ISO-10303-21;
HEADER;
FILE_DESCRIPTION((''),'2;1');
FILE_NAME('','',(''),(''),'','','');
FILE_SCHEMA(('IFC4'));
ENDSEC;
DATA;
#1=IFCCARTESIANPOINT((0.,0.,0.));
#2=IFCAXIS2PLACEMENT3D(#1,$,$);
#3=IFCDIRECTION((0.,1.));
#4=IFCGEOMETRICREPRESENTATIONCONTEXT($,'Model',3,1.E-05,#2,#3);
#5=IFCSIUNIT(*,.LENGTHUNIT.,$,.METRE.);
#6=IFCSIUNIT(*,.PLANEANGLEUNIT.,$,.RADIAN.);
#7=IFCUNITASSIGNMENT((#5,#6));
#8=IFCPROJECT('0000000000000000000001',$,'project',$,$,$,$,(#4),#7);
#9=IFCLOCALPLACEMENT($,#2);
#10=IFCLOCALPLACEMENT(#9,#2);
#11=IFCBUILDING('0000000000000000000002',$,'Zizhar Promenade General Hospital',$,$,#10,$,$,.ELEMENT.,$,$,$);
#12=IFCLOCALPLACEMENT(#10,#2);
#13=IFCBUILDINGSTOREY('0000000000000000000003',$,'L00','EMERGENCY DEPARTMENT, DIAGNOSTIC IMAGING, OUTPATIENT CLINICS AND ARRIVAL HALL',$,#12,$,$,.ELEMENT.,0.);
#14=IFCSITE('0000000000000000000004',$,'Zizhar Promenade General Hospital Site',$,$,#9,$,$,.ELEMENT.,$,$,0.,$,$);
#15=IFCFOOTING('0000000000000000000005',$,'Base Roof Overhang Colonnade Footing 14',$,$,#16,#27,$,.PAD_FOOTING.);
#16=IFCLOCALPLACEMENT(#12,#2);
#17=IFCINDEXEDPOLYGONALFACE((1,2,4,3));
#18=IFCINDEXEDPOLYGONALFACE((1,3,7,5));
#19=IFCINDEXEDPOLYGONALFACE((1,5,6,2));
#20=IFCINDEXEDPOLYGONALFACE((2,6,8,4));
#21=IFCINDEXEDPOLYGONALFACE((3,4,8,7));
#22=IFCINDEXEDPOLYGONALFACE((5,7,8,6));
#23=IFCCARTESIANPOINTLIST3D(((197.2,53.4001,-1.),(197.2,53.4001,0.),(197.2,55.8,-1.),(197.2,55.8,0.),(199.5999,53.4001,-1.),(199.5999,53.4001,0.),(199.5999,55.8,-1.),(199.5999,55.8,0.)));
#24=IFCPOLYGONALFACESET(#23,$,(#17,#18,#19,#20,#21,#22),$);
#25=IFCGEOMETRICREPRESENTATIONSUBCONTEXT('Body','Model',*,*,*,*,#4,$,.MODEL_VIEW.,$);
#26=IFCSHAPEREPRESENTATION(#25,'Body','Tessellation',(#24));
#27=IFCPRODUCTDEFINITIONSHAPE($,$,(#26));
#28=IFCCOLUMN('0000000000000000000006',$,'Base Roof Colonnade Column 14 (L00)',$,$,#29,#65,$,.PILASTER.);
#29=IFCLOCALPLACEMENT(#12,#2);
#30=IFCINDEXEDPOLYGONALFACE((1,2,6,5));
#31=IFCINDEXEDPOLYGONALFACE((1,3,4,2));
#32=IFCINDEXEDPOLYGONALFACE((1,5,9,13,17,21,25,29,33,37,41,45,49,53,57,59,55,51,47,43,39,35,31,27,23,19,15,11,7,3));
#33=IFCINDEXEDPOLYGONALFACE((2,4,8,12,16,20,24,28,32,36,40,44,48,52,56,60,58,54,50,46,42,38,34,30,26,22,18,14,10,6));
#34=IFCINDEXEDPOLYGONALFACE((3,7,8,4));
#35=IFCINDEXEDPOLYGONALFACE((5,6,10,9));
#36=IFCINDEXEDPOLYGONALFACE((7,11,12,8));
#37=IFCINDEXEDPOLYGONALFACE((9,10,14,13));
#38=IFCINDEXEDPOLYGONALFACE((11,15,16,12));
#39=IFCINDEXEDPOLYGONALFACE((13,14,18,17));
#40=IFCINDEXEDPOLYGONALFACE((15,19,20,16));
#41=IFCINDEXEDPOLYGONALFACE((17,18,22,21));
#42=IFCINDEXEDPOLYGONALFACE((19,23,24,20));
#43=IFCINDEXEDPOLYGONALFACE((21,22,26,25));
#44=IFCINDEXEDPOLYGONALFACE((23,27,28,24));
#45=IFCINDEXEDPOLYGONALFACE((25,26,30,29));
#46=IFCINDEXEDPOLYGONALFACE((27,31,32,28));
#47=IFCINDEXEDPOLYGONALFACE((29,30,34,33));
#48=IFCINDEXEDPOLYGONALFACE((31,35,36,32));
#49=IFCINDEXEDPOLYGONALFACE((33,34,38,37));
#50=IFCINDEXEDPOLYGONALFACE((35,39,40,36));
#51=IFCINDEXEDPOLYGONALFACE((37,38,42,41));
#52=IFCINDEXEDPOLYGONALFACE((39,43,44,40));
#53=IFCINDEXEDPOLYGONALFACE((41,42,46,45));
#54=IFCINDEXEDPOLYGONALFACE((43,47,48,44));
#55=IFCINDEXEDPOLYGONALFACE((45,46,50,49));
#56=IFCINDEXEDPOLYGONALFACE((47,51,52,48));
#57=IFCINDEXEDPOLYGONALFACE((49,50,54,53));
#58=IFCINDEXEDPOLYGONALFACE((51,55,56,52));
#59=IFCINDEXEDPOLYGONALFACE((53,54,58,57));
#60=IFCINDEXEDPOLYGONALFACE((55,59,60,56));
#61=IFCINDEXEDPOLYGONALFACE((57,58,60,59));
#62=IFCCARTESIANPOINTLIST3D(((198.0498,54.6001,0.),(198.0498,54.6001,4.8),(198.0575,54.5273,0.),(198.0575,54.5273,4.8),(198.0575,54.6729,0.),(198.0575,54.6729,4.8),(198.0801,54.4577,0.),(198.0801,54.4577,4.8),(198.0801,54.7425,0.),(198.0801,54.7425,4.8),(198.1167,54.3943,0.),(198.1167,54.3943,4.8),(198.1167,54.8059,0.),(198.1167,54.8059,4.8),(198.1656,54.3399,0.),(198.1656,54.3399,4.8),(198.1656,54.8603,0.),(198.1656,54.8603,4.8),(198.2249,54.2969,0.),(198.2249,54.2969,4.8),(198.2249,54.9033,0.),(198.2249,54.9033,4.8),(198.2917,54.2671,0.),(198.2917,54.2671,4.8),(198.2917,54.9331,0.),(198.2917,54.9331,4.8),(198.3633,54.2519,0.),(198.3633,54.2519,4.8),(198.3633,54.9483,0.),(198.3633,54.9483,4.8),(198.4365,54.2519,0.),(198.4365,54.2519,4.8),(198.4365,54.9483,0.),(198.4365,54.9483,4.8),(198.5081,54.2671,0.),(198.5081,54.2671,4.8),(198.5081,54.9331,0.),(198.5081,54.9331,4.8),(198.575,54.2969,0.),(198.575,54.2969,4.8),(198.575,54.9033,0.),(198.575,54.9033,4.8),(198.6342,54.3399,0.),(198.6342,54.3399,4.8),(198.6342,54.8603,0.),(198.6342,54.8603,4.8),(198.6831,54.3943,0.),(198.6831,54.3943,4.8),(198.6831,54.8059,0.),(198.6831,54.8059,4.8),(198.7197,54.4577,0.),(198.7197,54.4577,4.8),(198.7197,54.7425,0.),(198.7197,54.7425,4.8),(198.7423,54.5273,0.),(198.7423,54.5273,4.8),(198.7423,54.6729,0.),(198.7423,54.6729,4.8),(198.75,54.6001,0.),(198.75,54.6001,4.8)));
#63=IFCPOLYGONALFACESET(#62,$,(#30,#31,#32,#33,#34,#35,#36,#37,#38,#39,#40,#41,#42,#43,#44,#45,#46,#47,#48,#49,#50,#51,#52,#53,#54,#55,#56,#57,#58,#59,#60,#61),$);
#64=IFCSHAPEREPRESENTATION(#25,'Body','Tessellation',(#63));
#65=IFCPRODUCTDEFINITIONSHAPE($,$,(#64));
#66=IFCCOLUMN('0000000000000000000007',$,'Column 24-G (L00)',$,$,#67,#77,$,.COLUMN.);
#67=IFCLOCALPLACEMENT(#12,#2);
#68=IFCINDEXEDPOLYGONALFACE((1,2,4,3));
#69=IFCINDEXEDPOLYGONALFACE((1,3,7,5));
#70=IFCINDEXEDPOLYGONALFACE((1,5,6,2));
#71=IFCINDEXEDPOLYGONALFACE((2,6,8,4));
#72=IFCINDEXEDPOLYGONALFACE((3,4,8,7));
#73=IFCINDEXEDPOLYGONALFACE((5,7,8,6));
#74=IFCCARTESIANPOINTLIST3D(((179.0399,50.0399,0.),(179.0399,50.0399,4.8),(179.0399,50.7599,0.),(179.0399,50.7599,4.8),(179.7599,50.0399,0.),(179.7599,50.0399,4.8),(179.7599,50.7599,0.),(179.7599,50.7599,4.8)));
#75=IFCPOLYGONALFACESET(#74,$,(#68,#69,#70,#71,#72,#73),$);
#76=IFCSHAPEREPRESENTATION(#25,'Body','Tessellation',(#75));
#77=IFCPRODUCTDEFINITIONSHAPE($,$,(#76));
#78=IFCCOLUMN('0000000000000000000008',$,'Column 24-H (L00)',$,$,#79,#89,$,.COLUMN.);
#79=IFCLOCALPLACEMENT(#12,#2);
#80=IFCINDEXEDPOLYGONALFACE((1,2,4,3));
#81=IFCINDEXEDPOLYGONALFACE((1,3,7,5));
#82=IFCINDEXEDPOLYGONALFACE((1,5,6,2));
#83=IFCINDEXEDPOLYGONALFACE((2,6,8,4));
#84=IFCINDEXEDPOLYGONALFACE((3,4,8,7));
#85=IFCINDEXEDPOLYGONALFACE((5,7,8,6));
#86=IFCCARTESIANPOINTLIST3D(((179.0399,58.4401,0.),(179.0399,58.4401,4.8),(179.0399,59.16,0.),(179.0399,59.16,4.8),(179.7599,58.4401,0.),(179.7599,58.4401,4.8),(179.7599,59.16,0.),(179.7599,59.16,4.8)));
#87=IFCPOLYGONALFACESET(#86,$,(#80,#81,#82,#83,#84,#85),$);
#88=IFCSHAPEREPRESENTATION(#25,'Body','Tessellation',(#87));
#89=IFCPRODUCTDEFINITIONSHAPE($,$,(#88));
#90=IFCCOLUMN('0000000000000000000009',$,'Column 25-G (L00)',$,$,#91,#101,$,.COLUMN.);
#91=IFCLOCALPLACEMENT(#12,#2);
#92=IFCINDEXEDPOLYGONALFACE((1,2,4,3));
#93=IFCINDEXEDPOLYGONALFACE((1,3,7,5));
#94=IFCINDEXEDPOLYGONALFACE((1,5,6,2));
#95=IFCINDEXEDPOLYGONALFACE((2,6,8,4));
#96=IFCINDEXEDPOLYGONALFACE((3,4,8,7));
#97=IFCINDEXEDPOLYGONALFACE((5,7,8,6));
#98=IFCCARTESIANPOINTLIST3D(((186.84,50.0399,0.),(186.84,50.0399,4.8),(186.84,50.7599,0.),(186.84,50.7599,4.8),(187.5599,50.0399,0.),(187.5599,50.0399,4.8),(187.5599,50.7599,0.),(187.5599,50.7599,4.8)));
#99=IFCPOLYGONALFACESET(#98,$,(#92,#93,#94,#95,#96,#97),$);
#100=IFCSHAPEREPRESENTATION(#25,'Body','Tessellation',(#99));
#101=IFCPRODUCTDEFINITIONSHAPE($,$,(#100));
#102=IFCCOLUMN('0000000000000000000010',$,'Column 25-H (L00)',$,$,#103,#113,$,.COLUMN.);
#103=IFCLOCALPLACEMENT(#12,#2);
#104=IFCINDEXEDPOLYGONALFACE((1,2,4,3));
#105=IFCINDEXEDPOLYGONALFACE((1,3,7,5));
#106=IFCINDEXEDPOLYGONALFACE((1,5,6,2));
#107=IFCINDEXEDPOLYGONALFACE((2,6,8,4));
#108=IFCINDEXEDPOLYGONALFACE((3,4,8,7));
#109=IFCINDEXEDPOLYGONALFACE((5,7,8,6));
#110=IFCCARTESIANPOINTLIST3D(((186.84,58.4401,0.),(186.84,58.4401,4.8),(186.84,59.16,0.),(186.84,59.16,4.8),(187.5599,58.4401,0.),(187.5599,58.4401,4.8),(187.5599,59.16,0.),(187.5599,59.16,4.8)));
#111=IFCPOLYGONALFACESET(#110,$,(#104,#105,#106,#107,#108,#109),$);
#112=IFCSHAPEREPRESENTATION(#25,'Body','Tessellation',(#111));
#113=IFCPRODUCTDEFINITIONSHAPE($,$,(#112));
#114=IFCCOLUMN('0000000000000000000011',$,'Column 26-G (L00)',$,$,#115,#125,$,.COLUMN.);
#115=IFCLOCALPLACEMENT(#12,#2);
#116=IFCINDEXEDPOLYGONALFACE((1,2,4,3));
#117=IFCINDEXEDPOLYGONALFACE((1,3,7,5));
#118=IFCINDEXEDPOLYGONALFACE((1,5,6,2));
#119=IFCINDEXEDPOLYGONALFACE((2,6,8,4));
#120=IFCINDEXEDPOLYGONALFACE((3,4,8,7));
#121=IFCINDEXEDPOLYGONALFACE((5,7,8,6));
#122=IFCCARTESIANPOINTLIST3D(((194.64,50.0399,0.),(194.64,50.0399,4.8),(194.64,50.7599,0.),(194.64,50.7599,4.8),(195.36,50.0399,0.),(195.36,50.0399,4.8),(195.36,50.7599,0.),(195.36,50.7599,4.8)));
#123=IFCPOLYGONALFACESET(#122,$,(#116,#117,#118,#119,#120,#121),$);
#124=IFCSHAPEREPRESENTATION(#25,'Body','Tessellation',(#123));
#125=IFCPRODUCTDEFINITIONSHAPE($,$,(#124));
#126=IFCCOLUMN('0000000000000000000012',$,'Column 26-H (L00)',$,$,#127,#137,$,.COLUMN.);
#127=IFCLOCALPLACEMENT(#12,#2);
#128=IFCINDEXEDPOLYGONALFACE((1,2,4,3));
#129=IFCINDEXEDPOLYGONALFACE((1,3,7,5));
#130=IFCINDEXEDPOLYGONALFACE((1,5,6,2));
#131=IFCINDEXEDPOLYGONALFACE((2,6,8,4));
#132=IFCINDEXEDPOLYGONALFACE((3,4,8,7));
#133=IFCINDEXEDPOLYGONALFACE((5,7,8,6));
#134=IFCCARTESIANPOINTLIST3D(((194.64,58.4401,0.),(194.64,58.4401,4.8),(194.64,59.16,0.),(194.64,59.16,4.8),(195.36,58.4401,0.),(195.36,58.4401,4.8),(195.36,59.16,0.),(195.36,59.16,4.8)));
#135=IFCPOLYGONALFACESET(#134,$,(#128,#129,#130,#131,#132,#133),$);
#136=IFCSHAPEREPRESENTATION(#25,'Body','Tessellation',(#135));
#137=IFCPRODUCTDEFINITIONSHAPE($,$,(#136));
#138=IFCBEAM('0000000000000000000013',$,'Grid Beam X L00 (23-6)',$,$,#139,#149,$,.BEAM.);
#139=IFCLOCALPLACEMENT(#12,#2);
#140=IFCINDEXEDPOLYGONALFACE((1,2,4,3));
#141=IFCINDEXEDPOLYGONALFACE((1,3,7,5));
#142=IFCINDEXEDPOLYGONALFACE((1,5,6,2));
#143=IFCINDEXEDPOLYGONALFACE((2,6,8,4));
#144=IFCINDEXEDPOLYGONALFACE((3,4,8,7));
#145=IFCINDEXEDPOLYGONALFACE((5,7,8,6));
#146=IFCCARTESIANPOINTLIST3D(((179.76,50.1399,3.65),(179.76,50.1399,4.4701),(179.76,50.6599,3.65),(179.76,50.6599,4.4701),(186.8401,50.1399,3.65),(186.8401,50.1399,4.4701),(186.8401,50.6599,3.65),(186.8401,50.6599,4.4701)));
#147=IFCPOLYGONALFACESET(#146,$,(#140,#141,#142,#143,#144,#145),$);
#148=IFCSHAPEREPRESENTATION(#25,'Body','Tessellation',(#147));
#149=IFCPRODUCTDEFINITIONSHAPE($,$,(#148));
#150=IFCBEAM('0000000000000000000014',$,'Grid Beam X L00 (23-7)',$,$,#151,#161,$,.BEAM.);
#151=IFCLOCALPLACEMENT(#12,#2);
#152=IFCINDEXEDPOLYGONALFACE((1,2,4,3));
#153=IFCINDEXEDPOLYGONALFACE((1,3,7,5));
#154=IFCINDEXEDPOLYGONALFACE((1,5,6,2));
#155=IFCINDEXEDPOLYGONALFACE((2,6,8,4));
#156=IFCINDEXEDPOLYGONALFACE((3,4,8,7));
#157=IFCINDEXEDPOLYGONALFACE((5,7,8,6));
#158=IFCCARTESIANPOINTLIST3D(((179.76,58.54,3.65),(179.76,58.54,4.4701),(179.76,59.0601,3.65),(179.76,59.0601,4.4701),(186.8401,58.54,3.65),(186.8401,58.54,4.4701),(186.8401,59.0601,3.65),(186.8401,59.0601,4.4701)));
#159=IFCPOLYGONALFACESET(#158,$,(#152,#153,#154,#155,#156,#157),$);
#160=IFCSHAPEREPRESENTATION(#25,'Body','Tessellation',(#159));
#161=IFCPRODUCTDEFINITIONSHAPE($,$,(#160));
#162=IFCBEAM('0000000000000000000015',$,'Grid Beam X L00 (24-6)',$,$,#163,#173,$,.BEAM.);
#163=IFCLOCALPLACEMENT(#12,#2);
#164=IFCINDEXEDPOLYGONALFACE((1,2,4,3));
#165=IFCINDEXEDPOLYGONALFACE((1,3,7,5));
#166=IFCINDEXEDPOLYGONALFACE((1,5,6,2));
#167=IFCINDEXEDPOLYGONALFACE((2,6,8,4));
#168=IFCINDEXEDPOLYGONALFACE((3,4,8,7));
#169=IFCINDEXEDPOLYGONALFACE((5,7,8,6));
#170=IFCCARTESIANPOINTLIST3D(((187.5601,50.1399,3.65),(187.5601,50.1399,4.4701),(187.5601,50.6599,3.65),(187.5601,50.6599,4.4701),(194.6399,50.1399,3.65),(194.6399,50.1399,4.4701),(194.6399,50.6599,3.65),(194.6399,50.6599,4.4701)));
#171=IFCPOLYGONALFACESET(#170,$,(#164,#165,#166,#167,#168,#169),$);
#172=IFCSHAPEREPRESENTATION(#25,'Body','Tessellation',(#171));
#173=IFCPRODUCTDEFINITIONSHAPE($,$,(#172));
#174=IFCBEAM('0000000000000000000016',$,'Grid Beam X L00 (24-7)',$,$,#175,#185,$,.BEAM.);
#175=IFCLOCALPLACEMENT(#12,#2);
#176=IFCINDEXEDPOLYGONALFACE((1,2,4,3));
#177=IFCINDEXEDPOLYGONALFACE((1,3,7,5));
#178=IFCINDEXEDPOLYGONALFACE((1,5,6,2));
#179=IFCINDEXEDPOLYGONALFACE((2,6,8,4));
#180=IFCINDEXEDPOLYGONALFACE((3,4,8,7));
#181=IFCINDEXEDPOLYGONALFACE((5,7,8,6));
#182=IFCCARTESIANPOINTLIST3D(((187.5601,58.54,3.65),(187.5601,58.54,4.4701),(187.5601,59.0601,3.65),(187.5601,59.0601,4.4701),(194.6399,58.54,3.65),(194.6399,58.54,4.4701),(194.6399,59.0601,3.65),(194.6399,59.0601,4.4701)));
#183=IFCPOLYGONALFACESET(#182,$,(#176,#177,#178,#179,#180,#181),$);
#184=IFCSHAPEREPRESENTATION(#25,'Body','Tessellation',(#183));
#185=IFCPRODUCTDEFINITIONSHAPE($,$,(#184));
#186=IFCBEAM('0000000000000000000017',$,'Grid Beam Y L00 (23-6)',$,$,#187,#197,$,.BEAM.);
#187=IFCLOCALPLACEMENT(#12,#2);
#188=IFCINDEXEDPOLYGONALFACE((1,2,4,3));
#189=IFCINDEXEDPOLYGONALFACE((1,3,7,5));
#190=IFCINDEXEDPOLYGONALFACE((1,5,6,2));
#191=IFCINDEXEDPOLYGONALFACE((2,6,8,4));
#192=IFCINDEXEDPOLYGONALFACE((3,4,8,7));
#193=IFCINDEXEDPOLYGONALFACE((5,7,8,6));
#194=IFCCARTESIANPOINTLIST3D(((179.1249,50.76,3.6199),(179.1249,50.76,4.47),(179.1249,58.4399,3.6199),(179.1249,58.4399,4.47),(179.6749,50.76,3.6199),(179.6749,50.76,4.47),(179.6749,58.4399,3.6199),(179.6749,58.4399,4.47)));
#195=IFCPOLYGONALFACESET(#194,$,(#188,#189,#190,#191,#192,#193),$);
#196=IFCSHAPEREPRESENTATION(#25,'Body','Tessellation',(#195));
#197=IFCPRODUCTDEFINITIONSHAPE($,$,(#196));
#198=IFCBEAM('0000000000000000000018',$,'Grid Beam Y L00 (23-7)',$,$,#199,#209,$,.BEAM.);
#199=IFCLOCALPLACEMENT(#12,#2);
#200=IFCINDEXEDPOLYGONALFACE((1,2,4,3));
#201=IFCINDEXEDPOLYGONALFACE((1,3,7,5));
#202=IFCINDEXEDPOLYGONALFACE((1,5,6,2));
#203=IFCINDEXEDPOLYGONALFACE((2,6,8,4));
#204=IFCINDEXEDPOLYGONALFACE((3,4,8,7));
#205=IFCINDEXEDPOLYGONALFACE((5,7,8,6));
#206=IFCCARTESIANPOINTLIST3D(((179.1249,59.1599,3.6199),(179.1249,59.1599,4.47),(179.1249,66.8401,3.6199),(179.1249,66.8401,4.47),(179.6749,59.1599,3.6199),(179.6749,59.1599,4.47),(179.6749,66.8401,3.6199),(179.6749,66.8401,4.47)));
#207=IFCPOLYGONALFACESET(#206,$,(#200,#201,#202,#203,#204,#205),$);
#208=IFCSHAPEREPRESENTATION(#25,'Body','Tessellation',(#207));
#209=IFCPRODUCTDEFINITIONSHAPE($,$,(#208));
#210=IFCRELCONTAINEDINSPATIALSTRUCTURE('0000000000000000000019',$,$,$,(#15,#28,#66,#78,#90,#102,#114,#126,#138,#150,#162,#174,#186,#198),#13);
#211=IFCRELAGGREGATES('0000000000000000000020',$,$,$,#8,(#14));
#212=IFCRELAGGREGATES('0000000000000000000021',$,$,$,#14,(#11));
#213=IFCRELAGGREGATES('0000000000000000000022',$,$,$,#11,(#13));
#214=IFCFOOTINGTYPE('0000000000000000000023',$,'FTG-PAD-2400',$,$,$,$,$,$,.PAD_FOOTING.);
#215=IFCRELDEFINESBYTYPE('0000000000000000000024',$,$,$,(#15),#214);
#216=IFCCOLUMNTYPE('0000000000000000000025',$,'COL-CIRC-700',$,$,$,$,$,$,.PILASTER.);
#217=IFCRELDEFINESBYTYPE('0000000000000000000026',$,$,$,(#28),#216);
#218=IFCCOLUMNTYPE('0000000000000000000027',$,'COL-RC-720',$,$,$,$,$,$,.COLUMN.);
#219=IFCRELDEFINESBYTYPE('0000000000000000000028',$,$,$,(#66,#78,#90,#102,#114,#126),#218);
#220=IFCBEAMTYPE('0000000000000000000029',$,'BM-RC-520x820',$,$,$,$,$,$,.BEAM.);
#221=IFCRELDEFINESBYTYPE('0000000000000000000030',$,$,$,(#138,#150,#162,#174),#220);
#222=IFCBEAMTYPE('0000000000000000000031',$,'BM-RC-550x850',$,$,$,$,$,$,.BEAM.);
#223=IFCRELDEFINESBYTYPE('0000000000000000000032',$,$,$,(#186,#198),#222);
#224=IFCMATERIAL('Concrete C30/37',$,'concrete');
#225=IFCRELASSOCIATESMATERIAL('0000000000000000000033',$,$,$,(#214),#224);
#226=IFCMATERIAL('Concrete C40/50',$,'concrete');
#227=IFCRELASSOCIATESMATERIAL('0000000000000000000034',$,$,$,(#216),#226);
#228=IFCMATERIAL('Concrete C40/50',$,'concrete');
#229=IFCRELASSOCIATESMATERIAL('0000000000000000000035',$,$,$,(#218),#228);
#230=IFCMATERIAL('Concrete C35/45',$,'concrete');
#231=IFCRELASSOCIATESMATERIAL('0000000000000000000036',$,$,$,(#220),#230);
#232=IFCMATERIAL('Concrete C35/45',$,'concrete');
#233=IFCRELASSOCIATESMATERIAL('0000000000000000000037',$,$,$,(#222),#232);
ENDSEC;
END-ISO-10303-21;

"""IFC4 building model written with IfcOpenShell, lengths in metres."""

from ifc_helpers import new_model, si_unit, direction, frame, origin, origin_2d, place, context, subcontext, project, spatial, rectangle, circle, extrude, material, material_profile, profile_set, type_object, element, save


model = new_model("IFC4")

# Units and contexts
model_context = context("Model", 3, precision=1e-05, world=origin(), true_north=direction((0.0, 1.0)))
body_context = subcontext(model_context, "Body", "Model", "MODEL_VIEW")
ifc_project = project(units=[si_unit("LENGTHUNIT", "METRE"), si_unit("PLANEANGLEUNIT", "RADIAN")], contexts=[model_context])

# Site, building, storey
site_placement = place(None, origin())
site = spatial("IfcSite", under=ifc_project, at=site_placement, Name="Zizhar Promenade General Hospital Site", CompositionType="ELEMENT", RefElevation=0.0)
building_placement = place(site_placement, origin())
building = spatial("IfcBuilding", under=site, at=building_placement, Name="Zizhar Promenade General Hospital", CompositionType="ELEMENT")
storey_placement = place(building_placement, origin())
storey = spatial("IfcBuildingStorey", under=building, at=storey_placement, Name="L00", Description="EMERGENCY DEPARTMENT, DIAGNOSTIC IMAGING, OUTPATIENT CLINICS AND ARRIVAL HALL", CompositionType="ELEMENT", Elevation=0.0)

# Footing
ifc_material_1 = material(Name="Concrete C30/37", Category="concrete")
footing_type = type_object("IfcFootingType", Name="FTG-PAD-2400", PredefinedType="PAD_FOOTING", material=ifc_material_1)
footing_placement = place(storey_placement, frame((198.3999, 54.6001, -1.0), z_axis=(0.0, 0.0, 1.0), x_axis=(1.0, 0.0, 0.0)))
element("IfcFooting", 1, at=footing_placement, inside=storey, type_object=footing_type, Name="Base Roof Overhang Colonnade Footing 14", PredefinedType="PAD_FOOTING", context=body_context, shape_type="SweptSolid", body=[
    extrude(rectangle(XDim=2.3999, YDim=2.3999, at=origin_2d()), origin(), (0.0, 0.0, 1.0), 1.0),
])

# Columns
ifc_material_2 = material(Name="Concrete C40/50", Category="concrete")
ifc_material_profile_1 = material_profile(ifc_material_2, circle(Radius=0.3501, at=origin_2d()))
ifc_profile_set_1 = profile_set([ifc_material_profile_1], Name="Concrete C40/50")
column_type_1 = type_object("IfcColumnType", Name="COL-CIRC-700", PredefinedType="PILASTER", material=ifc_profile_set_1)
column_placement = place(storey_placement, frame((198.3999, 54.6001, 0.0), z_axis=(0.0, 0.0, 1.0), x_axis=(1.0, 0.0, 0.0)))
element("IfcColumn", 2, at=column_placement, inside=storey, type_object=column_type_1, Name="Base Roof Colonnade Column 14 (L00)", PredefinedType="PILASTER", context=body_context, shape_type="SweptSolid", body=[
    extrude(circle(Radius=0.3501, at=origin_2d()), origin(), (0.0, 0.0, 1.0), 4.8),
])
ifc_material_3 = material(Name="Concrete C40/50", Category="concrete")
ifc_material_profile_2 = material_profile(ifc_material_3, rectangle(XDim=0.72, YDim=0.72, at=origin_2d()))
ifc_profile_set_2 = profile_set([ifc_material_profile_2], Name="Concrete C40/50")
column_type_2 = type_object("IfcColumnType", Name="COL-RC-720", PredefinedType="COLUMN", material=ifc_profile_set_2)
for number, where, z_axis, x_axis, name in (
    (3, (179.3999, 50.3999, 0.0), (0.0, 0.0, 1.0), (1.0, 0.0, 0.0), "Column 24-G (L00)"),
    (4, (179.3999, 58.8, 0.0), (0.0, 0.0, 1.0), (1.0, 0.0, 0.0), "Column 24-H (L00)"),
    (5, (187.2, 50.3999, 0.0), (0.0, 0.0, 1.0), (1.0, 0.0, 0.0), "Column 25-G (L00)"),
    (6, (187.2, 58.8, 0.0), (0.0, 0.0, 1.0), (1.0, 0.0, 0.0), "Column 25-H (L00)"),
    (7, (195.0, 50.3999, 0.0), (0.0, 0.0, 1.0), (1.0, 0.0, 0.0), "Column 26-G (L00)"),
    (8, (195.0, 58.8, 0.0), (0.0, 0.0, 1.0), (1.0, 0.0, 0.0), "Column 26-H (L00)"),
):
    element("IfcColumn", number, at=place(storey_placement, frame(where, z_axis=z_axis, x_axis=x_axis)), inside=storey, type_object=column_type_2, Name=name, PredefinedType="COLUMN", context=body_context, shape_type="SweptSolid", body=[
        extrude(rectangle(XDim=0.72, YDim=0.72, at=origin_2d()), origin(), (0.0, 0.0, 1.0), 4.8),
    ])

# Beams
ifc_material_4 = material(Name="Concrete C35/45", Category="concrete")
ifc_material_profile_3 = material_profile(ifc_material_4, rectangle(XDim=0.52, YDim=0.8201, at=origin_2d()))
ifc_profile_set_3 = profile_set([ifc_material_profile_3], Name="Concrete C35/45")
beam_type_1 = type_object("IfcBeamType", Name="BM-RC-520x820", PredefinedType="BEAM", material=ifc_profile_set_3)
for number, where, z_axis, x_axis, name in (
    (9, (179.76, 50.3999, 4.0601), (1.0, 0.0, 0.0), (0.0, 1.0, 0.0), "Grid Beam X L00 (23-6)"),
    (10, (179.76, 58.8, 4.0601), (1.0, 0.0, 0.0), (0.0, 1.0, 0.0), "Grid Beam X L00 (23-7)"),
):
    element("IfcBeam", number, at=place(storey_placement, frame(where, z_axis=z_axis, x_axis=x_axis)), inside=storey, type_object=beam_type_1, Name=name, PredefinedType="BEAM", context=body_context, shape_type="SweptSolid", body=[
        extrude(rectangle(XDim=0.52, YDim=0.8201, at=origin_2d()), origin(), (0.0, 0.0, 1.0), 7.0801),
    ])
for number, where, z_axis, x_axis, name in (
    (11, (187.5601, 50.3999, 4.0601), (1.0, 0.0, 0.0), (0.0, 1.0, 0.0), "Grid Beam X L00 (24-6)"),
    (12, (187.5601, 58.8, 4.0601), (1.0, 0.0, 0.0), (0.0, 1.0, 0.0), "Grid Beam X L00 (24-7)"),
):
    element("IfcBeam", number, at=place(storey_placement, frame(where, z_axis=z_axis, x_axis=x_axis)), inside=storey, type_object=beam_type_1, Name=name, PredefinedType="BEAM", context=body_context, shape_type="SweptSolid", body=[
        extrude(rectangle(XDim=0.52, YDim=0.8201, at=origin_2d()), origin(), (0.0, 0.0, 1.0), 7.0798),
    ])
ifc_material_5 = material(Name="Concrete C35/45", Category="concrete")
ifc_material_profile_4 = material_profile(ifc_material_5, rectangle(XDim=0.55, YDim=0.8501, at=origin_2d()))
ifc_profile_set_4 = profile_set([ifc_material_profile_4], Name="Concrete C35/45")
beam_type_2 = type_object("IfcBeamType", Name="BM-RC-550x850", PredefinedType="BEAM", material=ifc_profile_set_4)
beam_1_placement = place(storey_placement, frame((179.3999, 50.76, 4.0449), z_axis=(0.0, 1.0, 0.0), x_axis=(-1.0, 0.0, 0.0)))
element("IfcBeam", 13, at=beam_1_placement, inside=storey, type_object=beam_type_2, Name="Grid Beam Y L00 (23-6)", PredefinedType="BEAM", context=body_context, shape_type="SweptSolid", body=[
    extrude(rectangle(XDim=0.55, YDim=0.8501, at=origin_2d()), origin(), (0.0, 0.0, 1.0), 7.6799),
])
beam_2_placement = place(storey_placement, frame((179.3999, 59.1599, 4.0449), z_axis=(0.0, 1.0, 0.0), x_axis=(-1.0, 0.0, 0.0)))
element("IfcBeam", 14, at=beam_2_placement, inside=storey, type_object=beam_type_2, Name="Grid Beam Y L00 (23-7)", PredefinedType="BEAM", context=body_context, shape_type="SweptSolid", body=[
    extrude(rectangle(XDim=0.55, YDim=0.8501, at=origin_2d()), origin(), (0.0, 0.0, 1.0), 7.6802),
])

save(model, "model.ifc")
